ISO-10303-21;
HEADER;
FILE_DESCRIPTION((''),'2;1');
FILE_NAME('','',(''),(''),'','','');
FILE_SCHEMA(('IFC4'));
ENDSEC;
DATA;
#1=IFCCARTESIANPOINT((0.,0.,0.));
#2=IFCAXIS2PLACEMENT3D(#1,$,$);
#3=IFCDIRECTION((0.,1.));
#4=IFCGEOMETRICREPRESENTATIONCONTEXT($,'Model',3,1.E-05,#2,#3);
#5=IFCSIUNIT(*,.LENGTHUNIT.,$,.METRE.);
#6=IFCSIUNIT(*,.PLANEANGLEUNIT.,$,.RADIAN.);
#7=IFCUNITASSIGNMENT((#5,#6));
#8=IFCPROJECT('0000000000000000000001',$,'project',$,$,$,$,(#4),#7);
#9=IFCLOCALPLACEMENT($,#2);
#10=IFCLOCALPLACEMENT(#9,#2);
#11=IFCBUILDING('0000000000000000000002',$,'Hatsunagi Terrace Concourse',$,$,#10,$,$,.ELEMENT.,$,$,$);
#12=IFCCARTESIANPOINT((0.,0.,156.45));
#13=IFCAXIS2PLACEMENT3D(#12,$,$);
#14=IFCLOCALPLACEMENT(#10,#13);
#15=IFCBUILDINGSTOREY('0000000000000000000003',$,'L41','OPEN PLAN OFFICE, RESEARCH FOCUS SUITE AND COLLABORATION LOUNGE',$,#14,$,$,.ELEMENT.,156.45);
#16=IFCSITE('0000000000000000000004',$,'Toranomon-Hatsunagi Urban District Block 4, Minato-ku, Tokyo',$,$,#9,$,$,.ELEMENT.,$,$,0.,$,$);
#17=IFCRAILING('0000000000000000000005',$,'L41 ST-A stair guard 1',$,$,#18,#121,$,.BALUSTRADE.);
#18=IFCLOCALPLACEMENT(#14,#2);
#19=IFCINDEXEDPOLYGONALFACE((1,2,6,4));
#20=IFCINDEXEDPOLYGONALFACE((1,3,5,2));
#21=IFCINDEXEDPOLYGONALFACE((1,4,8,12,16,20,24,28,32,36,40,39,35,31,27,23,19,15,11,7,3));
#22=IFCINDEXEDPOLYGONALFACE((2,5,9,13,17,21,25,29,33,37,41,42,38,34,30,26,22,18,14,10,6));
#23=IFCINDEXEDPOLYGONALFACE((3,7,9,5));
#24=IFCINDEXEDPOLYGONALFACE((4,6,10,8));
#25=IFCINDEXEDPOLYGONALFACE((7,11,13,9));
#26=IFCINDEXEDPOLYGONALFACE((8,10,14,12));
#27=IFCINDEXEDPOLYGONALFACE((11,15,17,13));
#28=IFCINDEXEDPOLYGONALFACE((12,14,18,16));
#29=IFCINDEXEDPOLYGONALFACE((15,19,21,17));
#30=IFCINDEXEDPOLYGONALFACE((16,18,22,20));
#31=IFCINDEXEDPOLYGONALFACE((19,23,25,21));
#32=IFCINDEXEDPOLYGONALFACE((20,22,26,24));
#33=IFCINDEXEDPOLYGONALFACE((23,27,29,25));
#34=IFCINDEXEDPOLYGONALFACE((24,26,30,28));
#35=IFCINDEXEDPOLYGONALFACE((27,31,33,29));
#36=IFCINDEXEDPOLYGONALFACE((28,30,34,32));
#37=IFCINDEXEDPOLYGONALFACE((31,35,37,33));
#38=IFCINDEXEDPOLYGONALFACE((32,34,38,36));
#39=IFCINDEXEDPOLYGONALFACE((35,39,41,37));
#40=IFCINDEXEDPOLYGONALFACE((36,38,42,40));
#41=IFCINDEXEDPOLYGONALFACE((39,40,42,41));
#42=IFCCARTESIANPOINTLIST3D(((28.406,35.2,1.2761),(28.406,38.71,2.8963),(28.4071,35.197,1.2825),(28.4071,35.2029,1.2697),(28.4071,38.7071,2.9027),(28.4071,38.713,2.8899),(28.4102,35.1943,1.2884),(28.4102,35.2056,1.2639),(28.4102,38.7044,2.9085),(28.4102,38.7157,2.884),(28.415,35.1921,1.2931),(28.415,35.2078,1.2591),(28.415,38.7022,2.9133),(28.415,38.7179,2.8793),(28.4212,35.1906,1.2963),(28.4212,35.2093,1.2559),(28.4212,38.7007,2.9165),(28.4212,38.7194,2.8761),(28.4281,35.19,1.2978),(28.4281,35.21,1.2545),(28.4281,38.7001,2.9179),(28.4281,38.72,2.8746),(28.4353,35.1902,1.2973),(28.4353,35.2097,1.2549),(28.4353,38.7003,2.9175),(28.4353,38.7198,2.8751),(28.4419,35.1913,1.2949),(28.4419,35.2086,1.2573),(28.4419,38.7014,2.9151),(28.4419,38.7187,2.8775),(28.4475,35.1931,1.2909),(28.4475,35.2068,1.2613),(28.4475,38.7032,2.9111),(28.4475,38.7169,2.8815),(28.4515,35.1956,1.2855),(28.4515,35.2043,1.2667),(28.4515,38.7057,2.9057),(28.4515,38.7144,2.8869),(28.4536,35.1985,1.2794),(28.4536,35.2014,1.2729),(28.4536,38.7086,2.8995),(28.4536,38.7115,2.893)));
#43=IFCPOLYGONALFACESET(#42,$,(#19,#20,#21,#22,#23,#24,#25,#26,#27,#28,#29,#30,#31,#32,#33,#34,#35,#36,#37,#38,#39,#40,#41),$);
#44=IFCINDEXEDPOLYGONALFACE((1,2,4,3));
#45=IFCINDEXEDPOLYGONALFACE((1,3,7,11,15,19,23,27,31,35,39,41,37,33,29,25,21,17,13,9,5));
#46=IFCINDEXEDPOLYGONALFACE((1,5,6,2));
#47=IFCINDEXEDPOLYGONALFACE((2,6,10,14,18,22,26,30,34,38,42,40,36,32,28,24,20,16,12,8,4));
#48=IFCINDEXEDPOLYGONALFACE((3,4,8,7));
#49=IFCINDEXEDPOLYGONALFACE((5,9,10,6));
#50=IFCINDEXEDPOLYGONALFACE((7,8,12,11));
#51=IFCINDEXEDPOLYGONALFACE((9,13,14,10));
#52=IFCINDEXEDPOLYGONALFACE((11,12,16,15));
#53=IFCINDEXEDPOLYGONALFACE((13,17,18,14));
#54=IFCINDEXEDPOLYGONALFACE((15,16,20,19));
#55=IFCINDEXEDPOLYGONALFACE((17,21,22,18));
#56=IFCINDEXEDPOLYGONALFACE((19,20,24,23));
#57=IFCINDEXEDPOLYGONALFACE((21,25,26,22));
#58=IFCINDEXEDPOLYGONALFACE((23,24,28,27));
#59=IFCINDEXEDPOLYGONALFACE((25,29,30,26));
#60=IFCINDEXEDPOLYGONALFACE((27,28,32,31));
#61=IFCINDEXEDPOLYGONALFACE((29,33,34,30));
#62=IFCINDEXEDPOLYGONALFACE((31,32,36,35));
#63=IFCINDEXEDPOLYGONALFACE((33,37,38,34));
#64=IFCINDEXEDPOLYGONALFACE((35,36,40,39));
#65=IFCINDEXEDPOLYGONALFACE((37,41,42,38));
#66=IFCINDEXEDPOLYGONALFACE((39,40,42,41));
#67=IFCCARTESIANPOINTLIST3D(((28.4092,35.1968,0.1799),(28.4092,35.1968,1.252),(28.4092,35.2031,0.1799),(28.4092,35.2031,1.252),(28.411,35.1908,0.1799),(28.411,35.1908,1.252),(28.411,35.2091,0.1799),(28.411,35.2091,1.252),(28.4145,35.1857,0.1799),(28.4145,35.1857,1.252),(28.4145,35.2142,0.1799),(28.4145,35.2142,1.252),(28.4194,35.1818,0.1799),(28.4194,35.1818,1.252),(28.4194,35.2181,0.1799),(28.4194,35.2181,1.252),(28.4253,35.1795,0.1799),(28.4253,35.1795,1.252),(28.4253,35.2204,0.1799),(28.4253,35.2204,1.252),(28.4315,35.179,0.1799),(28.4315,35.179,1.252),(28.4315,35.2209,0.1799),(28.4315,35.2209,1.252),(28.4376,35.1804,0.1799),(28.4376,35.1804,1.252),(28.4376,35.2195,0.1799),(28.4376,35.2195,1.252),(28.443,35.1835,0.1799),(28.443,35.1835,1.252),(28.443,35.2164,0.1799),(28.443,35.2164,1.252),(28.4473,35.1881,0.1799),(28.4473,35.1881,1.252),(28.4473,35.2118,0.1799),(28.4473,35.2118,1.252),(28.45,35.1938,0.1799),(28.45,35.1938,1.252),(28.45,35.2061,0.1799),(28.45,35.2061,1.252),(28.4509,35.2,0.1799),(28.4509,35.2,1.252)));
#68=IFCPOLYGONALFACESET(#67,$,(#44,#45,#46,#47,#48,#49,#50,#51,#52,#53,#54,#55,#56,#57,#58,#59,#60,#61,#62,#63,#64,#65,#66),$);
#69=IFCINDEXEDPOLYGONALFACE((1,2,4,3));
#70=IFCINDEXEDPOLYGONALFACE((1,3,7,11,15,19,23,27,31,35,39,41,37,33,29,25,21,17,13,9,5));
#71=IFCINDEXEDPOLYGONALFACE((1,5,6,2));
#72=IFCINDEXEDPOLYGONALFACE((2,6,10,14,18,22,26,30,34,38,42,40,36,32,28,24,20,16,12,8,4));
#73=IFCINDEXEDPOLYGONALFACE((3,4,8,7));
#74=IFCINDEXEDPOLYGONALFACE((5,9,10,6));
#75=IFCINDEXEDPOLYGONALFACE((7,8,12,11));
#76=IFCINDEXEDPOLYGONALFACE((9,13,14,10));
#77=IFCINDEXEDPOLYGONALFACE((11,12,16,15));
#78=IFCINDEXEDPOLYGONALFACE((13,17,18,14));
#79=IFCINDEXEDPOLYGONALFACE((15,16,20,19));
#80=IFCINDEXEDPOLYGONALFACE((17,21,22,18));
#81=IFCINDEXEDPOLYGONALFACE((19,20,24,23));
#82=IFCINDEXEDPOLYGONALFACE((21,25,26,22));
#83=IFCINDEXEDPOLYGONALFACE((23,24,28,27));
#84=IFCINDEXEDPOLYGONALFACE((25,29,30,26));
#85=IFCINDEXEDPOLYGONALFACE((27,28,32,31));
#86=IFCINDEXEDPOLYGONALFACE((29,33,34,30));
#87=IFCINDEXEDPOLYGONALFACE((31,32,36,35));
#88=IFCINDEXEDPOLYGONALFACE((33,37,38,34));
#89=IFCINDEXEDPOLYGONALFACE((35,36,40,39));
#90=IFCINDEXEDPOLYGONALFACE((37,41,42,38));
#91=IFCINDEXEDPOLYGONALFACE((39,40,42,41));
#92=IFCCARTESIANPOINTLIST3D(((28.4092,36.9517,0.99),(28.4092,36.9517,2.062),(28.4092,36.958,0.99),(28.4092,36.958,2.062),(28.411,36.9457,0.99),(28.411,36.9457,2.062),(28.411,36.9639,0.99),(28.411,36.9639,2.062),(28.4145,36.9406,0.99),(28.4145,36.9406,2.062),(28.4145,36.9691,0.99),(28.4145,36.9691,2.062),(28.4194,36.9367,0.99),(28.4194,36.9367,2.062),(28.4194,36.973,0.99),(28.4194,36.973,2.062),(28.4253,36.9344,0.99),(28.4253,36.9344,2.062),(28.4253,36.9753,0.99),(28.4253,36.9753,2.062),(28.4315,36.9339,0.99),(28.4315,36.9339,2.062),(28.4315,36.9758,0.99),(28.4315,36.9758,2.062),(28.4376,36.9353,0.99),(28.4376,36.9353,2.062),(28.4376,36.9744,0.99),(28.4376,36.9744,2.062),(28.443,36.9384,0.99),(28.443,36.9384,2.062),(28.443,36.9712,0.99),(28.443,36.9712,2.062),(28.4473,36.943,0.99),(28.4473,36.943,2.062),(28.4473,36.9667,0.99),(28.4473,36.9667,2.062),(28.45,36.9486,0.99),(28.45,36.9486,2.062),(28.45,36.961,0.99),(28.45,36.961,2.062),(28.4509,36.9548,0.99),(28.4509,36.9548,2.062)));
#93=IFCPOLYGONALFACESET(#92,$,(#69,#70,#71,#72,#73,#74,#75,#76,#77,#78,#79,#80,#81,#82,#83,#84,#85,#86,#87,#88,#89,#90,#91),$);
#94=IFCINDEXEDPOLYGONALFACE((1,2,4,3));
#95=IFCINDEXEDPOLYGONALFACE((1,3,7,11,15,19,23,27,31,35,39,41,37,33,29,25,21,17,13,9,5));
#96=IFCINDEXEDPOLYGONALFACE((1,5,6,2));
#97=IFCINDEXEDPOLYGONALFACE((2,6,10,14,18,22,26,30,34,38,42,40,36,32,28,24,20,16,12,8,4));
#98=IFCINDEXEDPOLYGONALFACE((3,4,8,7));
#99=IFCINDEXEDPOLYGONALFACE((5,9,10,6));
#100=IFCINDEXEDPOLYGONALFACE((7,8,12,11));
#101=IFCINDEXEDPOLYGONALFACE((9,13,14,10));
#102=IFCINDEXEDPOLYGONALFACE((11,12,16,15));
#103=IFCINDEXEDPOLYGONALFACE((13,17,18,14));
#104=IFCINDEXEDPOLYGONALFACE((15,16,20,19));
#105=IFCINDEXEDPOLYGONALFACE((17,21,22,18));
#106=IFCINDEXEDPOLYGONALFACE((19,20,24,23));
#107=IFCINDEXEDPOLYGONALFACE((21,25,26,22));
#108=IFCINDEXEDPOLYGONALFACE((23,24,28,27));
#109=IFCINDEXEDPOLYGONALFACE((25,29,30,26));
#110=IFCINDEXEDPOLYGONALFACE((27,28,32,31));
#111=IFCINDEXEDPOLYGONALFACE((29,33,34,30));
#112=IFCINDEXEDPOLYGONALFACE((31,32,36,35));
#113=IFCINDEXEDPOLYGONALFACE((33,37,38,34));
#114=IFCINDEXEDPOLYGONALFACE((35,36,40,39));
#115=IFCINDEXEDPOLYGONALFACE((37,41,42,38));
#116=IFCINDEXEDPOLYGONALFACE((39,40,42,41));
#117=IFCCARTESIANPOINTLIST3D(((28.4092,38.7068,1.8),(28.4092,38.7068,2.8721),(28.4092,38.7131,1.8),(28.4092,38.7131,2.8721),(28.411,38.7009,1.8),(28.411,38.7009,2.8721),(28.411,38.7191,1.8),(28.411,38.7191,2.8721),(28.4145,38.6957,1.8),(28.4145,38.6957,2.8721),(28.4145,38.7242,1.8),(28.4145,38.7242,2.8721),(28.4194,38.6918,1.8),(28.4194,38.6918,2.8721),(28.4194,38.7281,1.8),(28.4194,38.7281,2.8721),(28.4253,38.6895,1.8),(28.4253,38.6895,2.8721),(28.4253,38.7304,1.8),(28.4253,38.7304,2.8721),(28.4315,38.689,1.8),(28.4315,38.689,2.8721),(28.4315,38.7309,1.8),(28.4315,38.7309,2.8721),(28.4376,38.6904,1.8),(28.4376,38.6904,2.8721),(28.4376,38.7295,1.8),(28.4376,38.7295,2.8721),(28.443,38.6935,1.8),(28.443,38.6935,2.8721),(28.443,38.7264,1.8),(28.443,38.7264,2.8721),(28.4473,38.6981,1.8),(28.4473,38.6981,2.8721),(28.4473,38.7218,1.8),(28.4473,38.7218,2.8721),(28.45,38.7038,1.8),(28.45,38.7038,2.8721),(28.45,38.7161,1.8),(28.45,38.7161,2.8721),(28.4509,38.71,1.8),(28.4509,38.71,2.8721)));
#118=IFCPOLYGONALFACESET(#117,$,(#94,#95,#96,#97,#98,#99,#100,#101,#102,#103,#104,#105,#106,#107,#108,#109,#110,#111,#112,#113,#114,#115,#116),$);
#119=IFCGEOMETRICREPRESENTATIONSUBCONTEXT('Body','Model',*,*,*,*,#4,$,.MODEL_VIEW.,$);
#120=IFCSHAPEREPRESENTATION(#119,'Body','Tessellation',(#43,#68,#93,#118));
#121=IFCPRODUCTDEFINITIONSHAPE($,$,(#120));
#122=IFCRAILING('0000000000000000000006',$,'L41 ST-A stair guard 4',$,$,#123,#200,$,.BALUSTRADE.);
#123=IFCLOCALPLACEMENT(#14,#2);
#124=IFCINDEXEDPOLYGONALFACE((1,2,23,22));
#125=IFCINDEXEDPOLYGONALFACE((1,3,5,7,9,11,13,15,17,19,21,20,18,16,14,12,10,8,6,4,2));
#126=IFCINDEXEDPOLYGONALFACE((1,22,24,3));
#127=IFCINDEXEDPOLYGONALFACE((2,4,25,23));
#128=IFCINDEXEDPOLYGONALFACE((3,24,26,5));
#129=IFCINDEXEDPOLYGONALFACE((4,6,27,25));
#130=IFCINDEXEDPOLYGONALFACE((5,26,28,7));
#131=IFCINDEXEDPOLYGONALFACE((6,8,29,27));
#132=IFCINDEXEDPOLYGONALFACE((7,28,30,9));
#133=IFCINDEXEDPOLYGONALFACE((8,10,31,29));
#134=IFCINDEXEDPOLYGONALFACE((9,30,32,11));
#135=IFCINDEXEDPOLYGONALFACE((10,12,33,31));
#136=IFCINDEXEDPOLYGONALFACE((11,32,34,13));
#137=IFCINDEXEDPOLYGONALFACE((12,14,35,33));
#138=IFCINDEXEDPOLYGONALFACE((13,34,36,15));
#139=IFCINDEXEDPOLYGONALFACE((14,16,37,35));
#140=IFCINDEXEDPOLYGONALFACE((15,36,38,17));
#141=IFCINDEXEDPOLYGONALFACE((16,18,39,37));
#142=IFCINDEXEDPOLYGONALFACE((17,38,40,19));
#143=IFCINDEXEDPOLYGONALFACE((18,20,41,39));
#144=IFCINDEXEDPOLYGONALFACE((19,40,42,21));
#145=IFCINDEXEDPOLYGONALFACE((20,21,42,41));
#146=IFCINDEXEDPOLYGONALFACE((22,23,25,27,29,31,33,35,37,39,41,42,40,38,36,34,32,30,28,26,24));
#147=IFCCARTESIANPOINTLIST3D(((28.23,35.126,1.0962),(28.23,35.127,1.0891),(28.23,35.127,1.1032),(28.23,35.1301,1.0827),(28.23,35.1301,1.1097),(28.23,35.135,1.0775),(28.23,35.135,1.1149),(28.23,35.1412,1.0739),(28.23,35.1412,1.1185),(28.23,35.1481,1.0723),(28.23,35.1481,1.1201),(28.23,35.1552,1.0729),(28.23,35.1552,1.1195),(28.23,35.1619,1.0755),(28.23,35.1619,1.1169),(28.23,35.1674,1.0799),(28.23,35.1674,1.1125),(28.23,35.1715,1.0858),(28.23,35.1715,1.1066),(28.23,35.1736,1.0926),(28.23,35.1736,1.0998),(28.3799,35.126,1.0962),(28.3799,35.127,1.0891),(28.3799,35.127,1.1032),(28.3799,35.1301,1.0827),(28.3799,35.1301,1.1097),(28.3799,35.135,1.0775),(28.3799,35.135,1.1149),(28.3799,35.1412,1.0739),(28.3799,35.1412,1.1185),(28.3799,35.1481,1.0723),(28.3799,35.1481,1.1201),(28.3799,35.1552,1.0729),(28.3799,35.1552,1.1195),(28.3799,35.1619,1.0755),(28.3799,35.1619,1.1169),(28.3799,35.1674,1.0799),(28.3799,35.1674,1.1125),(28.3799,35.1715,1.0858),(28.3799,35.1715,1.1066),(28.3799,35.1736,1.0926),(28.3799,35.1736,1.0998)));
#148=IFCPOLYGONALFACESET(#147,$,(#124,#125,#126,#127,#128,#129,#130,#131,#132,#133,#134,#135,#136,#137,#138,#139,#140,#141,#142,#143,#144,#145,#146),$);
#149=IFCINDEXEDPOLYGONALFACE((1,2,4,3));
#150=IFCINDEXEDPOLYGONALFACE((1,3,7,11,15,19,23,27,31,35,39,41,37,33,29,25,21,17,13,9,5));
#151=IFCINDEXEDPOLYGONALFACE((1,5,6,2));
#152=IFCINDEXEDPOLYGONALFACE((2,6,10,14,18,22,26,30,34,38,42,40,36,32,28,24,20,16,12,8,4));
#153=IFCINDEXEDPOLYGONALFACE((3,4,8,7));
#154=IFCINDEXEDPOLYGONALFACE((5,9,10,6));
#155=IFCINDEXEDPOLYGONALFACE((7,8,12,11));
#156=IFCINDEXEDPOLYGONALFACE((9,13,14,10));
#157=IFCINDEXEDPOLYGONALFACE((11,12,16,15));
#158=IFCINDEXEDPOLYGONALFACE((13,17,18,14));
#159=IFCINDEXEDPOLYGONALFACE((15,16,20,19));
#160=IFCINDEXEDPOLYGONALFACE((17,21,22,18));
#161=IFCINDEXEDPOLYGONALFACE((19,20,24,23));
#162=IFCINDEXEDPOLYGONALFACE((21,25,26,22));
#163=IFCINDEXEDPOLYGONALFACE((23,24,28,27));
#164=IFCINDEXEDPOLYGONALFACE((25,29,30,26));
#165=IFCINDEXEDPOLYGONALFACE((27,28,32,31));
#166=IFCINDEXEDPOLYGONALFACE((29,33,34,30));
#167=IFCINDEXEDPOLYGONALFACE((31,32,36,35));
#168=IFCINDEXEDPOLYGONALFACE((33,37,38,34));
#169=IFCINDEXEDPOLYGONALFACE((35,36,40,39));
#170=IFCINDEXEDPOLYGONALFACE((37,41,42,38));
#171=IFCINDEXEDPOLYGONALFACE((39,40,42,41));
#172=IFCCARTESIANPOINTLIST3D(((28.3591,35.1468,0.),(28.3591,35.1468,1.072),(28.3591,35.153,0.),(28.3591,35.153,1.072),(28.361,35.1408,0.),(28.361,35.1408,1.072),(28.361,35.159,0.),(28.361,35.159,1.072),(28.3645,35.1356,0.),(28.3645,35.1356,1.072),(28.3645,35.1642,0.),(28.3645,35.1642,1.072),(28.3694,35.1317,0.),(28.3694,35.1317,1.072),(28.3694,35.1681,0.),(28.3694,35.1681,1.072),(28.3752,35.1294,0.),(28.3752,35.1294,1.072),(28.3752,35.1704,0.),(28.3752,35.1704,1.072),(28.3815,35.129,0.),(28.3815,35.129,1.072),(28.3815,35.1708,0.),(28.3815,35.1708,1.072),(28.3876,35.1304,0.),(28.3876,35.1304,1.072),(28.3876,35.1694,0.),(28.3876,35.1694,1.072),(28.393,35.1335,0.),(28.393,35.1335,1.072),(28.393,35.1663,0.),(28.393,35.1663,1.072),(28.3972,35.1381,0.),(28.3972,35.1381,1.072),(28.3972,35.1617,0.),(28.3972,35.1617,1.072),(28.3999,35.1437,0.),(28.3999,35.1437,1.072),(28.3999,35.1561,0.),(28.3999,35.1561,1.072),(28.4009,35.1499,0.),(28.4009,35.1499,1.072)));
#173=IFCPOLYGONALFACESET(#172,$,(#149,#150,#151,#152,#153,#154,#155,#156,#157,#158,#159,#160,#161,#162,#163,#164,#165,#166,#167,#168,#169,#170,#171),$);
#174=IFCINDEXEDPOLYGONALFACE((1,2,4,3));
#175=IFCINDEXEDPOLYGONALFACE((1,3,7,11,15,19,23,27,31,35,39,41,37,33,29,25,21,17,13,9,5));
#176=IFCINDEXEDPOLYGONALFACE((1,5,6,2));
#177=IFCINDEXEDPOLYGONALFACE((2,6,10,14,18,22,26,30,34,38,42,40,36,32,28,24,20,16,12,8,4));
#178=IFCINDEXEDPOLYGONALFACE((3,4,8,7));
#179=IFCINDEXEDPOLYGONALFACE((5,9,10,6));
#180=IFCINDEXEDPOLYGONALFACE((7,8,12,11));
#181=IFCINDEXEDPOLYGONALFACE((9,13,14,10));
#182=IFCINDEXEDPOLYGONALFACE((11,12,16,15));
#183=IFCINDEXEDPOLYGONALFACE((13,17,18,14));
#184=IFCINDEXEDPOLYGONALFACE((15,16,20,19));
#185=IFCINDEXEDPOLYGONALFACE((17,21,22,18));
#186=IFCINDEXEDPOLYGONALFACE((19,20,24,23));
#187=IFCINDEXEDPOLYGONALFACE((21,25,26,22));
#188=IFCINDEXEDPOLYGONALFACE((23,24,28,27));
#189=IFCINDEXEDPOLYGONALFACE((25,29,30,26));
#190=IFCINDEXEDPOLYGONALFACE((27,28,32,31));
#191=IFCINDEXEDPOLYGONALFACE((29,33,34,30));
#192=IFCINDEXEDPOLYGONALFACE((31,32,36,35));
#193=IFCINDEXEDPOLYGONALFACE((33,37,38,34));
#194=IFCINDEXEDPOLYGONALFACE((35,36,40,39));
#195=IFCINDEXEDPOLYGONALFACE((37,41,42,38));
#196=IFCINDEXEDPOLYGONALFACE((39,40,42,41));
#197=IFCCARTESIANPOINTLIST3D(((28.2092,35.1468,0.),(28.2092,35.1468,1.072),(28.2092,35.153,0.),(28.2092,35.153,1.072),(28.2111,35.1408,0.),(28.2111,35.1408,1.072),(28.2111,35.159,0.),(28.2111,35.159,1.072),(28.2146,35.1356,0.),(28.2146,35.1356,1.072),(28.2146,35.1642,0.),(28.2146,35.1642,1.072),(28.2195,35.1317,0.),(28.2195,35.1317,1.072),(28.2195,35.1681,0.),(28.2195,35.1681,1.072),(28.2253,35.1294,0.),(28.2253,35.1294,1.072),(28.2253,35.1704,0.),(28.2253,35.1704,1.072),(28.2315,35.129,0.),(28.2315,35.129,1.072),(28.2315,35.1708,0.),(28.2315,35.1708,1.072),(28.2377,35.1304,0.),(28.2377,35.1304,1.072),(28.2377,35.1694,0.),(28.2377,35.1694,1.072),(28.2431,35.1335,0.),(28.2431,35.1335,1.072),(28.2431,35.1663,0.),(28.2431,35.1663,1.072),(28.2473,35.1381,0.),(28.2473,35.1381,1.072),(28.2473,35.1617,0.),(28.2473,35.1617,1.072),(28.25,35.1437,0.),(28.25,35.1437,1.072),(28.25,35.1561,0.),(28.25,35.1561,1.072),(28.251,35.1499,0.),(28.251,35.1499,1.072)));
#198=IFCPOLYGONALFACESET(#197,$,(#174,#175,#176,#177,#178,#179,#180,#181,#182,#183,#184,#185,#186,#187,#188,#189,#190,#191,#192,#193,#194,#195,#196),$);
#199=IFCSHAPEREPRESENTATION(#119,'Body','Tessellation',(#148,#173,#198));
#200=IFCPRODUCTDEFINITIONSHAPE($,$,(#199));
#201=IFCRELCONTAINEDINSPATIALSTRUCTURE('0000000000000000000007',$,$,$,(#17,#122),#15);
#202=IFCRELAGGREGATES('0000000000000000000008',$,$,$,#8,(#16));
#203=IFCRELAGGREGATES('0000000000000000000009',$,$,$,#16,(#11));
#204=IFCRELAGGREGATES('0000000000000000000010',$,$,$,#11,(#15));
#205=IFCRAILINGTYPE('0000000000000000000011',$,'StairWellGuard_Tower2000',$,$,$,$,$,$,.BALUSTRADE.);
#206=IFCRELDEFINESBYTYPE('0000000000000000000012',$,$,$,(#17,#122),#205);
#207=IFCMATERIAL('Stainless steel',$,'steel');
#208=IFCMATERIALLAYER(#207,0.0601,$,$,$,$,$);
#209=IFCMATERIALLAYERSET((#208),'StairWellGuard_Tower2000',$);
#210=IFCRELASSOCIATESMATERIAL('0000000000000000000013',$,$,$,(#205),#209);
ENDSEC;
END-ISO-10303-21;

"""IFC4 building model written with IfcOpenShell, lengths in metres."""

from ifc_helpers import new_model, si_unit, direction, frame, origin, origin_2d, place, context, subcontext, project, spatial, circle, extrude, material, layer, layer_set, type_object, element, save


model = new_model("IFC4")

# Units and contexts
model_context = context("Model", 3, precision=1e-05, world=origin(), true_north=direction((0.0, 1.0)))
body_context = subcontext(model_context, "Body", "Model", "MODEL_VIEW")
ifc_project = project(units=[si_unit("LENGTHUNIT", "METRE"), si_unit("PLANEANGLEUNIT", "RADIAN")], contexts=[model_context])

# Site, building, storey
site_placement = place(None, origin())
site = spatial("IfcSite", under=ifc_project, at=site_placement, Name="Toranomon-Hatsunagi Urban District Block 4, Minato-ku, Tokyo", CompositionType="ELEMENT", RefElevation=0.0)
building_placement = place(site_placement, origin())
building = spatial("IfcBuilding", under=site, at=building_placement, Name="Hatsunagi Terrace Concourse", CompositionType="ELEMENT")
storey_placement = place(building_placement, frame((0.0, 0.0, 156.45)))
storey = spatial("IfcBuildingStorey", under=building, at=storey_placement, Name="L41", Description="OPEN PLAN OFFICE, RESEARCH FOCUS SUITE AND COLLABORATION LOUNGE", CompositionType="ELEMENT", Elevation=156.45)

# Railings
ifc_material_1 = material(Name="Stainless steel", Category="steel")
ifc_layer_1 = layer(ifc_material_1, 0.0601)
ifc_layer_set_1 = layer_set([ifc_layer_1], Name="StairWellGuard_Tower2000")
railing_type_1 = type_object("IfcRailingType", Name="StairWellGuard_Tower2000", PredefinedType="BALUSTRADE", material=ifc_layer_set_1)
railing_1_placement = place(storey_placement, frame((28.4299, 35.2, 0.1799)))
element("IfcRailing", 1, at=railing_1_placement, inside=storey, type_object=railing_type_1, Name="L41 ST-A stair guard 1", PredefinedType="BALUSTRADE", context=body_context, shape_type="SweptSolid", body=[
    extrude(circle(Radius=0.0239, at=origin_2d()), frame((0.0, 0.0, 1.0962), z_axis=(0.0, 0.907948, 0.419082), x_axis=(-1.0, 0.0, 0.0)), (0.0, 0.0, 1.0), 3.866),
    extrude(circle(Radius=0.021, at=origin_2d()), origin(), (0.0, 0.0, 1.0), 1.072),
    extrude(circle(Radius=0.021, at=origin_2d()), frame((0.0, 1.7549, 0.8101)), (0.0, 0.0, 1.0), 1.072),
    extrude(circle(Radius=0.021, at=origin_2d()), frame((0.0, 3.51, 1.6201)), (0.0, 0.0, 1.0), 1.072),
])
railing_2_placement = place(storey_placement, frame((28.3799, 35.1499, 0.0)))
element("IfcRailing", 2, at=railing_2_placement, inside=storey, type_object=railing_type_1, Name="L41 ST-A stair guard 4", PredefinedType="BALUSTRADE", context=body_context, shape_type="SweptSolid", body=[
    extrude(circle(Radius=0.0239, at=origin_2d()), frame((0.0, 0.0, 1.0962), z_axis=(-1.0, 0.0, 0.0), x_axis=(0.0, -1.0, 0.0)), (0.0, 0.0, 1.0), 0.1499),
    extrude(circle(Radius=0.021, at=origin_2d()), origin(), (0.0, 0.0, 1.0), 1.072),
    extrude(circle(Radius=0.021, at=origin_2d()), frame((-0.1499, 0.0, 0.0)), (0.0, 0.0, 1.0), 1.072),
])

save(model, "model.ifc")
